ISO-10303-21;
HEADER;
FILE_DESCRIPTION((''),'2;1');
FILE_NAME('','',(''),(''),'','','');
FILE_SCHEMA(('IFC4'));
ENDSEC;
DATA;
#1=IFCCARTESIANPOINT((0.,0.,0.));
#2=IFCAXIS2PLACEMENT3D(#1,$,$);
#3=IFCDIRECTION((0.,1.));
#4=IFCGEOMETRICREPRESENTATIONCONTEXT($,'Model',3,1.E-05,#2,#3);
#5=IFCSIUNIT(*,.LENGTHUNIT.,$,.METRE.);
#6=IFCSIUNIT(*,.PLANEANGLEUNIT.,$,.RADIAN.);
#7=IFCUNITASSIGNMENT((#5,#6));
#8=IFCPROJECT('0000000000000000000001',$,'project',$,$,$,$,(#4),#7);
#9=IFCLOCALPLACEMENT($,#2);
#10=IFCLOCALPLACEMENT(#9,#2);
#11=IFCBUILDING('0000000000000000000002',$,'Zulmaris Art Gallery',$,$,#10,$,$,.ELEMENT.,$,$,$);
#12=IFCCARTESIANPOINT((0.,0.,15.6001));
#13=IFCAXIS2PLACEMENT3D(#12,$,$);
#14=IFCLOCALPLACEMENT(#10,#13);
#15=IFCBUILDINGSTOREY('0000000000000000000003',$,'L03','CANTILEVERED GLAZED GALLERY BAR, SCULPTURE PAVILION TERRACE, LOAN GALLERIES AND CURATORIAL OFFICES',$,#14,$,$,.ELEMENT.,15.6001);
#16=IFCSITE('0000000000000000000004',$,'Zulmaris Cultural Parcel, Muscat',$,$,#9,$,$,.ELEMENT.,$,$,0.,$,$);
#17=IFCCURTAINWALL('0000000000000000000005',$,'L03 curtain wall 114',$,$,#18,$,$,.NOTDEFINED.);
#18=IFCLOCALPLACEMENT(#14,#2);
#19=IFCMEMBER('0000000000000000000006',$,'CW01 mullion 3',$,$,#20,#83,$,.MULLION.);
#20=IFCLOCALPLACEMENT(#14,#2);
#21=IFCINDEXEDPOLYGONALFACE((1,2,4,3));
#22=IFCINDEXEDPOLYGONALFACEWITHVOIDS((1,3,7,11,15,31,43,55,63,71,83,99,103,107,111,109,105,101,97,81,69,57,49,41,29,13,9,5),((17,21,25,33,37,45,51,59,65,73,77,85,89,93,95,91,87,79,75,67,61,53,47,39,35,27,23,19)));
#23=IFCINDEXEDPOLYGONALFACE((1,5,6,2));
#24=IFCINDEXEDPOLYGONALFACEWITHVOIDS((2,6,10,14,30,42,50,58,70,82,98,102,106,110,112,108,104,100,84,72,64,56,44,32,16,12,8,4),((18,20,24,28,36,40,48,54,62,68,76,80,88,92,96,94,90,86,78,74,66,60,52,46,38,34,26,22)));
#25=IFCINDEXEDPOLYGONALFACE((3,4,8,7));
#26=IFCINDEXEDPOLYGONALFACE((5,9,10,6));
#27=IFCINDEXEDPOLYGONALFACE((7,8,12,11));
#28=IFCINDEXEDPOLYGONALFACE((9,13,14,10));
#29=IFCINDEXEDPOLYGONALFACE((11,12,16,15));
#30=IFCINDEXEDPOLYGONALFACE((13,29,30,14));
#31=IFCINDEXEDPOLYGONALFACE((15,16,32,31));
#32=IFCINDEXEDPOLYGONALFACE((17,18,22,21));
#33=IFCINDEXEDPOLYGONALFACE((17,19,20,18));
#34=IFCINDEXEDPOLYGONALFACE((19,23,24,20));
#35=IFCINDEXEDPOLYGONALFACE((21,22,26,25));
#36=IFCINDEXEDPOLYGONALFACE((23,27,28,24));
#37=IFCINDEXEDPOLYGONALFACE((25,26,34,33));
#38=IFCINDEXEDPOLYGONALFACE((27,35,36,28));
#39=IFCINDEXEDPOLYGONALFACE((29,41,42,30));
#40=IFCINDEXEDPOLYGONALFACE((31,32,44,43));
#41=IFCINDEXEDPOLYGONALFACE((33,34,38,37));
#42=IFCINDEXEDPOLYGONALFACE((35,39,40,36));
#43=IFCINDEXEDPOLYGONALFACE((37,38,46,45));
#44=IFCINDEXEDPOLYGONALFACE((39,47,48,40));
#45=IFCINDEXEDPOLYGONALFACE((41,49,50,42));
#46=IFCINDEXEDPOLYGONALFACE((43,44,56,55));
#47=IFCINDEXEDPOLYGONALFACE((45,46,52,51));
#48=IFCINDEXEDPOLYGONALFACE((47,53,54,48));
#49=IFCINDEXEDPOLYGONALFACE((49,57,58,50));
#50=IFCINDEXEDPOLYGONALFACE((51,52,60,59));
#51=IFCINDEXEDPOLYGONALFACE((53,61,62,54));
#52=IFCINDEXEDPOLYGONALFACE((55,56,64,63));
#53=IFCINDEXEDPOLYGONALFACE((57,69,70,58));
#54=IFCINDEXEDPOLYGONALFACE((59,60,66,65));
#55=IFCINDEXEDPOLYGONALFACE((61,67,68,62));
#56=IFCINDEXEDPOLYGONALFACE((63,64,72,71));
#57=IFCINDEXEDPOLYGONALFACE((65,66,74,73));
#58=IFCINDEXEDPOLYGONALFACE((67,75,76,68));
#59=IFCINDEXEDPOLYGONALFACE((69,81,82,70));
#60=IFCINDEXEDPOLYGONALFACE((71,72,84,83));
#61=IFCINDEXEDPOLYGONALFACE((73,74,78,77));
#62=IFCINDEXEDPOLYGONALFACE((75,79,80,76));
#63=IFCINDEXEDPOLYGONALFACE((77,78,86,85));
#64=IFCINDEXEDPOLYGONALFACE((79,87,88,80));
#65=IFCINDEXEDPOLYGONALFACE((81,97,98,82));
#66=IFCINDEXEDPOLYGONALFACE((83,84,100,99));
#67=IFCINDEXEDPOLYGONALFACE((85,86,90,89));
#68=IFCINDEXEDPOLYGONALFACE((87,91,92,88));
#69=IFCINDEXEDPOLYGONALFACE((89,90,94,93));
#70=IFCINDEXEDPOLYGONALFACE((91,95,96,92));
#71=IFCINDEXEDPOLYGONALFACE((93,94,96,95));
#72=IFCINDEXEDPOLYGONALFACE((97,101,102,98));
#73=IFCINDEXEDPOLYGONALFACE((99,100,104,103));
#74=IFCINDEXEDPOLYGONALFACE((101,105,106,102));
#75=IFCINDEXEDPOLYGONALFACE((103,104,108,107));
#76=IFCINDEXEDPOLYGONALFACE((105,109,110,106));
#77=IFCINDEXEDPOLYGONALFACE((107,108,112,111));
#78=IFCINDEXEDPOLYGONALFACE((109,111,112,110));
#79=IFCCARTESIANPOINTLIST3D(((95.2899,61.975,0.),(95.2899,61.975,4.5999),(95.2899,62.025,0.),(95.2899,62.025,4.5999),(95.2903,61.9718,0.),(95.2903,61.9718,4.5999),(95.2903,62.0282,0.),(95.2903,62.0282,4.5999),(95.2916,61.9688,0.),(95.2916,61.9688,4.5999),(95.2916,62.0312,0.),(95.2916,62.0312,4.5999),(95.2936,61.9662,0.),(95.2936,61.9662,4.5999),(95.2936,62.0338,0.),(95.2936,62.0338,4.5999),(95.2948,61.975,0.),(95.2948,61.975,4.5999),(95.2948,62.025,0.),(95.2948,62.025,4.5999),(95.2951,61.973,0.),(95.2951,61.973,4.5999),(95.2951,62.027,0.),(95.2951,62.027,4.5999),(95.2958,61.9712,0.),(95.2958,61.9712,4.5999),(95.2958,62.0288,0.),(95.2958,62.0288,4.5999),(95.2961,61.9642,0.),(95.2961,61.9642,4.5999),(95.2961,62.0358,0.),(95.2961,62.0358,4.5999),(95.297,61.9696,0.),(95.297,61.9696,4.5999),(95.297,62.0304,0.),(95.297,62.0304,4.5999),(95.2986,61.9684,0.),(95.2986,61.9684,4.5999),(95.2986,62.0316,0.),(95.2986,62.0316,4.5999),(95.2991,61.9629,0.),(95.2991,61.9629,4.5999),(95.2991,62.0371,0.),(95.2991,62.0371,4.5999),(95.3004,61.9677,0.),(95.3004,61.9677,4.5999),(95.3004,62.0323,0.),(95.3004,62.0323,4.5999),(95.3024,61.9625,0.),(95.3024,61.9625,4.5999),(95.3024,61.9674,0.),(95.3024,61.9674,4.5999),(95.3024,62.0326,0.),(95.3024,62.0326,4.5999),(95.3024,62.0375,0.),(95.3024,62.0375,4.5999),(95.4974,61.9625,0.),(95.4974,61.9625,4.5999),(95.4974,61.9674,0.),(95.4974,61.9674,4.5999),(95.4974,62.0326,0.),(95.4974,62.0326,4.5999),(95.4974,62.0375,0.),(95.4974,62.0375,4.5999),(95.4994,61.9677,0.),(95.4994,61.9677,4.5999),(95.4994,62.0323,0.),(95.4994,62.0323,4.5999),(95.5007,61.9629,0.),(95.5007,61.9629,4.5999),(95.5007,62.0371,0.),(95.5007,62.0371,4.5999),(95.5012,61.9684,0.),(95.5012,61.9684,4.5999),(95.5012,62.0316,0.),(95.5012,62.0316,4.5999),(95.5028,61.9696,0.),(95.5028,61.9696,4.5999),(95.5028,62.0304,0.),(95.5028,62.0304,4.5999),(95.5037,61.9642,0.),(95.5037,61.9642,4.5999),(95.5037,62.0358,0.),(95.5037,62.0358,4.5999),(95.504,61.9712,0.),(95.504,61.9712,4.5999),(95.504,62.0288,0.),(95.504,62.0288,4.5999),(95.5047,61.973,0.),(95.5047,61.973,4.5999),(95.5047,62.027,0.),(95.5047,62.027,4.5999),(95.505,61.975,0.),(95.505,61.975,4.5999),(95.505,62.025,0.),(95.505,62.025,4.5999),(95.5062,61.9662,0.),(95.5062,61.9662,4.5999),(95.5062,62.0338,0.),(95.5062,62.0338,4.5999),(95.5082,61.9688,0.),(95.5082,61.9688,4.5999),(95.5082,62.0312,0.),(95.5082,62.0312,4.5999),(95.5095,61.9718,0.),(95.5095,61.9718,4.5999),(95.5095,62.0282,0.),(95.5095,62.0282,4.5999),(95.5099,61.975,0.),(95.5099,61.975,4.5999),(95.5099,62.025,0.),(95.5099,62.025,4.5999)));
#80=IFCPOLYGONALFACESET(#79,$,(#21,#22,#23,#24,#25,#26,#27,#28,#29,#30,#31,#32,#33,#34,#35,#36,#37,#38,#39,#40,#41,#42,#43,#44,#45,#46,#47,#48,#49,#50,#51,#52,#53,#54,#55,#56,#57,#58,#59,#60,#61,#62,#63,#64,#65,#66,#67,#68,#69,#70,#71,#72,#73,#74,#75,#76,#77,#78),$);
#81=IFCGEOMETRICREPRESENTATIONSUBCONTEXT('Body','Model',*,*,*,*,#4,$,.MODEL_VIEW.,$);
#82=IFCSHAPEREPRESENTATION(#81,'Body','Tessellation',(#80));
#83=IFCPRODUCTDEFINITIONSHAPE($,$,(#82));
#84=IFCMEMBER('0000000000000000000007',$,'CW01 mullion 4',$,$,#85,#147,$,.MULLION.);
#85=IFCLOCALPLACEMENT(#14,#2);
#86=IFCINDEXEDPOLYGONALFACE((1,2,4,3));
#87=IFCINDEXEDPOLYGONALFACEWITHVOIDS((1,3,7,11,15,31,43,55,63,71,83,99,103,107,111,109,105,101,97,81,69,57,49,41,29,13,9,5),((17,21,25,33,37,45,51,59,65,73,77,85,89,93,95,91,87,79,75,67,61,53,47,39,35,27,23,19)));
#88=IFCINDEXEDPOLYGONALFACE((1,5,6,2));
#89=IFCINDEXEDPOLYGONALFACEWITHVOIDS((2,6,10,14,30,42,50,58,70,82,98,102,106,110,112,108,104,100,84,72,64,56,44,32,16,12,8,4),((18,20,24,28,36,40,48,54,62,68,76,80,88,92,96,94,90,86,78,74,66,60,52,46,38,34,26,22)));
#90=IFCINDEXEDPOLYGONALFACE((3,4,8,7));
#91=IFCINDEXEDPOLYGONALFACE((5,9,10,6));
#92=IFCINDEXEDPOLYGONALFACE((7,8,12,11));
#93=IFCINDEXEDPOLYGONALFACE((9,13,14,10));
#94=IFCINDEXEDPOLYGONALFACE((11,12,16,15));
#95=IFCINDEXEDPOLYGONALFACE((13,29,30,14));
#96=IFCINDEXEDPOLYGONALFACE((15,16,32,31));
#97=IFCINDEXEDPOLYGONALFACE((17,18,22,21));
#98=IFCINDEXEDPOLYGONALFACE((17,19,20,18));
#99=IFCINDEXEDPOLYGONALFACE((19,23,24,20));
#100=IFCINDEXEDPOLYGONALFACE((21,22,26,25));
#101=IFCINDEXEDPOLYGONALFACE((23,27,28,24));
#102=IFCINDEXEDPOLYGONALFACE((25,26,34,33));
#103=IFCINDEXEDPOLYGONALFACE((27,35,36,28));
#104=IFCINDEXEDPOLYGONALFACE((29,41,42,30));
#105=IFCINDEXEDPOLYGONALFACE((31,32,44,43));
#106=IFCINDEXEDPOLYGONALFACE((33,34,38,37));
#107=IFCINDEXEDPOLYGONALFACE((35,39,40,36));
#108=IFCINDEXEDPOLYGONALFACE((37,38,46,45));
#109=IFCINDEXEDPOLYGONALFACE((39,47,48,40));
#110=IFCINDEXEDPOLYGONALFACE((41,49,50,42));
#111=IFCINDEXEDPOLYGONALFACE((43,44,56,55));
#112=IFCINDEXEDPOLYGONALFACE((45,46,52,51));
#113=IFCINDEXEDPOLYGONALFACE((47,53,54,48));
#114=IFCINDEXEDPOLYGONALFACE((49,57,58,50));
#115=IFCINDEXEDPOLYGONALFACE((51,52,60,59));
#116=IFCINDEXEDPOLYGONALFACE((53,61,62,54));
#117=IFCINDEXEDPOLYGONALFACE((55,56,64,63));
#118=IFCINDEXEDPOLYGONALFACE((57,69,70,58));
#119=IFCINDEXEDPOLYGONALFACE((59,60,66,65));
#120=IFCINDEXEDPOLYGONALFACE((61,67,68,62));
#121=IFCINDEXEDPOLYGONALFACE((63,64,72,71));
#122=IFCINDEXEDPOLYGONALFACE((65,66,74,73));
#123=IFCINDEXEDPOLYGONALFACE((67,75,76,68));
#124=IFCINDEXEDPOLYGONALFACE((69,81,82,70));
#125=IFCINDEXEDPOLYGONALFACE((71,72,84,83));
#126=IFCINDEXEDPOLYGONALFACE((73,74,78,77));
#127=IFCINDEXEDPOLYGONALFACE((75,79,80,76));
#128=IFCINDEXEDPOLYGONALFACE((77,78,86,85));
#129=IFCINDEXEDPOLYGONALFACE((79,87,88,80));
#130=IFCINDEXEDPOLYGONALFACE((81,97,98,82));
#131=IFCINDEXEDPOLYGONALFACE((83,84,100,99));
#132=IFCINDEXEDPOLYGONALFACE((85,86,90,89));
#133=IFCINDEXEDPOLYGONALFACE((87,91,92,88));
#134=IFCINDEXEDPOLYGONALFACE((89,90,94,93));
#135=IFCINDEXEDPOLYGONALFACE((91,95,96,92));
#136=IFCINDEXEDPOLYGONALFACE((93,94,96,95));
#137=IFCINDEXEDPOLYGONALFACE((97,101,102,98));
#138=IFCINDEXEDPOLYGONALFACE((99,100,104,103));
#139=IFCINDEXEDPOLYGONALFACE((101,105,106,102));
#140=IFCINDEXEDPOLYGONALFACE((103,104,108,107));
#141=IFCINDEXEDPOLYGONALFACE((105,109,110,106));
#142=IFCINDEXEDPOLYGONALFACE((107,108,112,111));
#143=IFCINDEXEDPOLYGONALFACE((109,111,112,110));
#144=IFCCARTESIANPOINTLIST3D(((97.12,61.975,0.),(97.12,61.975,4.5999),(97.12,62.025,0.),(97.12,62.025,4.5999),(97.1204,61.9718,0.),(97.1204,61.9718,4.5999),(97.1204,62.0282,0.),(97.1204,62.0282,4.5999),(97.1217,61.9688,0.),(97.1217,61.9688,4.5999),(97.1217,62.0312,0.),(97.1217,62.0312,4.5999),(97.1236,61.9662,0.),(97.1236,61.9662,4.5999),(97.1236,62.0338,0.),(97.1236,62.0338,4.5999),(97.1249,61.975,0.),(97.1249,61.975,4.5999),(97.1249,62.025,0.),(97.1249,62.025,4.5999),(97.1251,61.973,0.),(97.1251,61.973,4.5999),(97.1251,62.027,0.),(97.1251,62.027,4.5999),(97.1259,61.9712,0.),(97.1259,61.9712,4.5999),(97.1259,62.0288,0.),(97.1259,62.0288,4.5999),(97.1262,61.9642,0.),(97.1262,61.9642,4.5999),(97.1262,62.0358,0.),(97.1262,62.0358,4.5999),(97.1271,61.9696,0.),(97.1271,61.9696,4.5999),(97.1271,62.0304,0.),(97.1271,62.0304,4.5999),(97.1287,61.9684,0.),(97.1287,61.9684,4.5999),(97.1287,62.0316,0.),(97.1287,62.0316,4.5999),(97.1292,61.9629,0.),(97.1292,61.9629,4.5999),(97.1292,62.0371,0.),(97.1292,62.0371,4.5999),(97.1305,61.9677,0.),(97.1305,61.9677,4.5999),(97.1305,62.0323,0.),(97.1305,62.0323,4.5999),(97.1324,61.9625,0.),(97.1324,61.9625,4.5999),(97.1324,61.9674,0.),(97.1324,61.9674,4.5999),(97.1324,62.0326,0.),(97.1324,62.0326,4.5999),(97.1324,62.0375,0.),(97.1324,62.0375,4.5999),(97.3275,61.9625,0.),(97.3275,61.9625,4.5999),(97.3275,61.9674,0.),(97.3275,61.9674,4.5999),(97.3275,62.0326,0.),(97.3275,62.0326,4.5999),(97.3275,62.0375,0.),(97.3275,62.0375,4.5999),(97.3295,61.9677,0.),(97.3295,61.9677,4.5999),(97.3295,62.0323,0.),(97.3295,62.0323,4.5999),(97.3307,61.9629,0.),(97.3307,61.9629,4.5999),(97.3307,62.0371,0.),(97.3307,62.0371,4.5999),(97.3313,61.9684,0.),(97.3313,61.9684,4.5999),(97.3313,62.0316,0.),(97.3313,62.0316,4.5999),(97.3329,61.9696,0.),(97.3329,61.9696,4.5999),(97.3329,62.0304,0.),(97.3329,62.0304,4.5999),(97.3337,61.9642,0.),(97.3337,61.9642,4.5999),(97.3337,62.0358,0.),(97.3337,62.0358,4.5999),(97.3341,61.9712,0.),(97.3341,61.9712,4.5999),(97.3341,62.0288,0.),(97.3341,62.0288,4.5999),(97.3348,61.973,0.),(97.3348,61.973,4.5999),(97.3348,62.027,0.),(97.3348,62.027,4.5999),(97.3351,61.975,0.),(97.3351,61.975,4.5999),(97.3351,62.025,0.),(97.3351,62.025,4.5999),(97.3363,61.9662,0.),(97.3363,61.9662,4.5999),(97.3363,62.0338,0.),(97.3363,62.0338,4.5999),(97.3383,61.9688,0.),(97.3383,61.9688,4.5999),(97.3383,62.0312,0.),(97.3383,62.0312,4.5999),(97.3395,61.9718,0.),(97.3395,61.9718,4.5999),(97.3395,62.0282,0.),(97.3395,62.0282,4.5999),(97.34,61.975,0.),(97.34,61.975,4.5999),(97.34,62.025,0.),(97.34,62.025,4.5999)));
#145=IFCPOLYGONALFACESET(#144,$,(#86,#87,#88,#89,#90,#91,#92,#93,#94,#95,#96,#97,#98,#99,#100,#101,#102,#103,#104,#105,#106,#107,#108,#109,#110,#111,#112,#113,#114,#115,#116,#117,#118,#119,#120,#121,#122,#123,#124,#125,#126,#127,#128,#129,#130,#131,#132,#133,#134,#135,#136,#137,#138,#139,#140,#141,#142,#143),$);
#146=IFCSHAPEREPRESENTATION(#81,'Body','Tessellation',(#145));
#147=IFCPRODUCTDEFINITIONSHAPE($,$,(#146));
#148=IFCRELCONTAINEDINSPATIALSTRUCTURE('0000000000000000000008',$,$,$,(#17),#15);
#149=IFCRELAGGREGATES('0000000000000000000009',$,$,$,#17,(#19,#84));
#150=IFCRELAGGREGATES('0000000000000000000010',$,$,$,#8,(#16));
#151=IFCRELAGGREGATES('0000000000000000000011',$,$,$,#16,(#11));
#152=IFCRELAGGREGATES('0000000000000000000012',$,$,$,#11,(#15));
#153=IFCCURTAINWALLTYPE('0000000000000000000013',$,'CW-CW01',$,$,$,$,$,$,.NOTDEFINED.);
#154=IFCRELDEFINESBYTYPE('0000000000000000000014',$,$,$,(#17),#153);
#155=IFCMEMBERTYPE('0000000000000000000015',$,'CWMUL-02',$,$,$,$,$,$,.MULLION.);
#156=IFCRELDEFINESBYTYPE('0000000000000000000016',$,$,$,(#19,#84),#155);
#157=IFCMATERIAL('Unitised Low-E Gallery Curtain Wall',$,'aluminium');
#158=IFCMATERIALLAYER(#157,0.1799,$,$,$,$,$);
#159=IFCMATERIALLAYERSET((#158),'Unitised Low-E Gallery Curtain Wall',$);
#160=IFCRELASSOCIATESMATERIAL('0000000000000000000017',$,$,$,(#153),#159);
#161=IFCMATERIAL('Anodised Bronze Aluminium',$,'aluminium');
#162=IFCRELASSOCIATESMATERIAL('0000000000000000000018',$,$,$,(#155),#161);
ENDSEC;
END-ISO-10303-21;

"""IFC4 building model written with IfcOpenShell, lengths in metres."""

from ifc_helpers import new_model, si_unit, direction, frame, origin, origin_2d, place, context, subcontext, project, spatial, hollow_rectangle, extrude, material, layer, layer_set, material_profile, profile_set, type_object, element, aggregate, save


model = new_model("IFC4")

# Units and contexts
model_context = context("Model", 3, precision=1e-05, world=origin(), true_north=direction((0.0, 1.0)))
body_context = subcontext(model_context, "Body", "Model", "MODEL_VIEW")
ifc_project = project(units=[si_unit("LENGTHUNIT", "METRE"), si_unit("PLANEANGLEUNIT", "RADIAN")], contexts=[model_context])

# Site, building, storey
site_placement = place(None, origin())
site = spatial("IfcSite", under=ifc_project, at=site_placement, Name="Zulmaris Cultural Parcel, Muscat", CompositionType="ELEMENT", RefElevation=0.0)
building_placement = place(site_placement, origin())
building = spatial("IfcBuilding", under=site, at=building_placement, Name="Zulmaris Art Gallery", CompositionType="ELEMENT")
storey_placement = place(building_placement, frame((0.0, 0.0, 15.6001)))
storey = spatial("IfcBuildingStorey", under=building, at=storey_placement, Name="L03", Description="CANTILEVERED GLAZED GALLERY BAR, SCULPTURE PAVILION TERRACE, LOAN GALLERIES AND CURATORIAL OFFICES", CompositionType="ELEMENT", Elevation=15.6001)

# Curtain wall, members
ifc_material_1 = material(Name="Unitised Low-E Gallery Curtain Wall", Category="aluminium")
ifc_layer_1 = layer(ifc_material_1, 0.1799)
ifc_layer_set_1 = layer_set([ifc_layer_1], Name="Unitised Low-E Gallery Curtain Wall")
curtain_wall_type = type_object("IfcCurtainWallType", Name="CW-CW01", PredefinedType="NOTDEFINED", material=ifc_layer_set_1)
curtain_wall_placement = place(storey_placement, origin())
curtain_wall = element("IfcCurtainWall", 1, at=curtain_wall_placement, inside=storey, type_object=curtain_wall_type, Name="L03 curtain wall 114", PredefinedType="NOTDEFINED")
ifc_material_2 = material(Name="Anodised Bronze Aluminium", Category="aluminium")
ifc_material_profile_1 = material_profile(ifc_material_2, hollow_rectangle(XDim=0.075, YDim=0.22, WallThickness=0.0049, InnerFilletRadius=0.0076, OuterFilletRadius=0.0125, at=origin_2d()), Name="ALU 75x220x5")
ifc_profile_set_1 = profile_set([ifc_material_profile_1], Name="Anodised Bronze Aluminium")
member_type_1 = type_object("IfcMemberType", Name="CWMUL-02", PredefinedType="MULLION", material=ifc_profile_set_1)
member_1_placement = place(storey_placement, frame((95.3999, 62.0, 0.0), z_axis=(0.0, 0.0, 1.0), x_axis=(0.0, 1.0, 0.0)))
member_1 = element("IfcMember", 2, at=member_1_placement, type_object=member_type_1, Name="CW01 mullion 3", PredefinedType="MULLION", context=body_context, shape_type="SweptSolid", body=[
    extrude(hollow_rectangle(XDim=0.075, YDim=0.22, WallThickness=0.0049, InnerFilletRadius=0.0076, OuterFilletRadius=0.0125, at=origin_2d()), origin(), (0.0, 0.0, 1.0), 4.5999),
])
member_2_placement = place(storey_placement, frame((97.23, 62.0, 0.0), z_axis=(0.0, 0.0, 1.0), x_axis=(0.0, 1.0, 0.0)))
member_2 = element("IfcMember", 3, at=member_2_placement, type_object=member_type_1, Name="CW01 mullion 4", PredefinedType="MULLION", context=body_context, shape_type="SweptSolid", body=[
    extrude(hollow_rectangle(XDim=0.075, YDim=0.22, WallThickness=0.0049, InnerFilletRadius=0.0076, OuterFilletRadius=0.0125, at=origin_2d()), origin(), (0.0, 0.0, 1.0), 4.5999),
])
aggregate(curtain_wall, [member_1, member_2])

save(model, "model.ifc")
